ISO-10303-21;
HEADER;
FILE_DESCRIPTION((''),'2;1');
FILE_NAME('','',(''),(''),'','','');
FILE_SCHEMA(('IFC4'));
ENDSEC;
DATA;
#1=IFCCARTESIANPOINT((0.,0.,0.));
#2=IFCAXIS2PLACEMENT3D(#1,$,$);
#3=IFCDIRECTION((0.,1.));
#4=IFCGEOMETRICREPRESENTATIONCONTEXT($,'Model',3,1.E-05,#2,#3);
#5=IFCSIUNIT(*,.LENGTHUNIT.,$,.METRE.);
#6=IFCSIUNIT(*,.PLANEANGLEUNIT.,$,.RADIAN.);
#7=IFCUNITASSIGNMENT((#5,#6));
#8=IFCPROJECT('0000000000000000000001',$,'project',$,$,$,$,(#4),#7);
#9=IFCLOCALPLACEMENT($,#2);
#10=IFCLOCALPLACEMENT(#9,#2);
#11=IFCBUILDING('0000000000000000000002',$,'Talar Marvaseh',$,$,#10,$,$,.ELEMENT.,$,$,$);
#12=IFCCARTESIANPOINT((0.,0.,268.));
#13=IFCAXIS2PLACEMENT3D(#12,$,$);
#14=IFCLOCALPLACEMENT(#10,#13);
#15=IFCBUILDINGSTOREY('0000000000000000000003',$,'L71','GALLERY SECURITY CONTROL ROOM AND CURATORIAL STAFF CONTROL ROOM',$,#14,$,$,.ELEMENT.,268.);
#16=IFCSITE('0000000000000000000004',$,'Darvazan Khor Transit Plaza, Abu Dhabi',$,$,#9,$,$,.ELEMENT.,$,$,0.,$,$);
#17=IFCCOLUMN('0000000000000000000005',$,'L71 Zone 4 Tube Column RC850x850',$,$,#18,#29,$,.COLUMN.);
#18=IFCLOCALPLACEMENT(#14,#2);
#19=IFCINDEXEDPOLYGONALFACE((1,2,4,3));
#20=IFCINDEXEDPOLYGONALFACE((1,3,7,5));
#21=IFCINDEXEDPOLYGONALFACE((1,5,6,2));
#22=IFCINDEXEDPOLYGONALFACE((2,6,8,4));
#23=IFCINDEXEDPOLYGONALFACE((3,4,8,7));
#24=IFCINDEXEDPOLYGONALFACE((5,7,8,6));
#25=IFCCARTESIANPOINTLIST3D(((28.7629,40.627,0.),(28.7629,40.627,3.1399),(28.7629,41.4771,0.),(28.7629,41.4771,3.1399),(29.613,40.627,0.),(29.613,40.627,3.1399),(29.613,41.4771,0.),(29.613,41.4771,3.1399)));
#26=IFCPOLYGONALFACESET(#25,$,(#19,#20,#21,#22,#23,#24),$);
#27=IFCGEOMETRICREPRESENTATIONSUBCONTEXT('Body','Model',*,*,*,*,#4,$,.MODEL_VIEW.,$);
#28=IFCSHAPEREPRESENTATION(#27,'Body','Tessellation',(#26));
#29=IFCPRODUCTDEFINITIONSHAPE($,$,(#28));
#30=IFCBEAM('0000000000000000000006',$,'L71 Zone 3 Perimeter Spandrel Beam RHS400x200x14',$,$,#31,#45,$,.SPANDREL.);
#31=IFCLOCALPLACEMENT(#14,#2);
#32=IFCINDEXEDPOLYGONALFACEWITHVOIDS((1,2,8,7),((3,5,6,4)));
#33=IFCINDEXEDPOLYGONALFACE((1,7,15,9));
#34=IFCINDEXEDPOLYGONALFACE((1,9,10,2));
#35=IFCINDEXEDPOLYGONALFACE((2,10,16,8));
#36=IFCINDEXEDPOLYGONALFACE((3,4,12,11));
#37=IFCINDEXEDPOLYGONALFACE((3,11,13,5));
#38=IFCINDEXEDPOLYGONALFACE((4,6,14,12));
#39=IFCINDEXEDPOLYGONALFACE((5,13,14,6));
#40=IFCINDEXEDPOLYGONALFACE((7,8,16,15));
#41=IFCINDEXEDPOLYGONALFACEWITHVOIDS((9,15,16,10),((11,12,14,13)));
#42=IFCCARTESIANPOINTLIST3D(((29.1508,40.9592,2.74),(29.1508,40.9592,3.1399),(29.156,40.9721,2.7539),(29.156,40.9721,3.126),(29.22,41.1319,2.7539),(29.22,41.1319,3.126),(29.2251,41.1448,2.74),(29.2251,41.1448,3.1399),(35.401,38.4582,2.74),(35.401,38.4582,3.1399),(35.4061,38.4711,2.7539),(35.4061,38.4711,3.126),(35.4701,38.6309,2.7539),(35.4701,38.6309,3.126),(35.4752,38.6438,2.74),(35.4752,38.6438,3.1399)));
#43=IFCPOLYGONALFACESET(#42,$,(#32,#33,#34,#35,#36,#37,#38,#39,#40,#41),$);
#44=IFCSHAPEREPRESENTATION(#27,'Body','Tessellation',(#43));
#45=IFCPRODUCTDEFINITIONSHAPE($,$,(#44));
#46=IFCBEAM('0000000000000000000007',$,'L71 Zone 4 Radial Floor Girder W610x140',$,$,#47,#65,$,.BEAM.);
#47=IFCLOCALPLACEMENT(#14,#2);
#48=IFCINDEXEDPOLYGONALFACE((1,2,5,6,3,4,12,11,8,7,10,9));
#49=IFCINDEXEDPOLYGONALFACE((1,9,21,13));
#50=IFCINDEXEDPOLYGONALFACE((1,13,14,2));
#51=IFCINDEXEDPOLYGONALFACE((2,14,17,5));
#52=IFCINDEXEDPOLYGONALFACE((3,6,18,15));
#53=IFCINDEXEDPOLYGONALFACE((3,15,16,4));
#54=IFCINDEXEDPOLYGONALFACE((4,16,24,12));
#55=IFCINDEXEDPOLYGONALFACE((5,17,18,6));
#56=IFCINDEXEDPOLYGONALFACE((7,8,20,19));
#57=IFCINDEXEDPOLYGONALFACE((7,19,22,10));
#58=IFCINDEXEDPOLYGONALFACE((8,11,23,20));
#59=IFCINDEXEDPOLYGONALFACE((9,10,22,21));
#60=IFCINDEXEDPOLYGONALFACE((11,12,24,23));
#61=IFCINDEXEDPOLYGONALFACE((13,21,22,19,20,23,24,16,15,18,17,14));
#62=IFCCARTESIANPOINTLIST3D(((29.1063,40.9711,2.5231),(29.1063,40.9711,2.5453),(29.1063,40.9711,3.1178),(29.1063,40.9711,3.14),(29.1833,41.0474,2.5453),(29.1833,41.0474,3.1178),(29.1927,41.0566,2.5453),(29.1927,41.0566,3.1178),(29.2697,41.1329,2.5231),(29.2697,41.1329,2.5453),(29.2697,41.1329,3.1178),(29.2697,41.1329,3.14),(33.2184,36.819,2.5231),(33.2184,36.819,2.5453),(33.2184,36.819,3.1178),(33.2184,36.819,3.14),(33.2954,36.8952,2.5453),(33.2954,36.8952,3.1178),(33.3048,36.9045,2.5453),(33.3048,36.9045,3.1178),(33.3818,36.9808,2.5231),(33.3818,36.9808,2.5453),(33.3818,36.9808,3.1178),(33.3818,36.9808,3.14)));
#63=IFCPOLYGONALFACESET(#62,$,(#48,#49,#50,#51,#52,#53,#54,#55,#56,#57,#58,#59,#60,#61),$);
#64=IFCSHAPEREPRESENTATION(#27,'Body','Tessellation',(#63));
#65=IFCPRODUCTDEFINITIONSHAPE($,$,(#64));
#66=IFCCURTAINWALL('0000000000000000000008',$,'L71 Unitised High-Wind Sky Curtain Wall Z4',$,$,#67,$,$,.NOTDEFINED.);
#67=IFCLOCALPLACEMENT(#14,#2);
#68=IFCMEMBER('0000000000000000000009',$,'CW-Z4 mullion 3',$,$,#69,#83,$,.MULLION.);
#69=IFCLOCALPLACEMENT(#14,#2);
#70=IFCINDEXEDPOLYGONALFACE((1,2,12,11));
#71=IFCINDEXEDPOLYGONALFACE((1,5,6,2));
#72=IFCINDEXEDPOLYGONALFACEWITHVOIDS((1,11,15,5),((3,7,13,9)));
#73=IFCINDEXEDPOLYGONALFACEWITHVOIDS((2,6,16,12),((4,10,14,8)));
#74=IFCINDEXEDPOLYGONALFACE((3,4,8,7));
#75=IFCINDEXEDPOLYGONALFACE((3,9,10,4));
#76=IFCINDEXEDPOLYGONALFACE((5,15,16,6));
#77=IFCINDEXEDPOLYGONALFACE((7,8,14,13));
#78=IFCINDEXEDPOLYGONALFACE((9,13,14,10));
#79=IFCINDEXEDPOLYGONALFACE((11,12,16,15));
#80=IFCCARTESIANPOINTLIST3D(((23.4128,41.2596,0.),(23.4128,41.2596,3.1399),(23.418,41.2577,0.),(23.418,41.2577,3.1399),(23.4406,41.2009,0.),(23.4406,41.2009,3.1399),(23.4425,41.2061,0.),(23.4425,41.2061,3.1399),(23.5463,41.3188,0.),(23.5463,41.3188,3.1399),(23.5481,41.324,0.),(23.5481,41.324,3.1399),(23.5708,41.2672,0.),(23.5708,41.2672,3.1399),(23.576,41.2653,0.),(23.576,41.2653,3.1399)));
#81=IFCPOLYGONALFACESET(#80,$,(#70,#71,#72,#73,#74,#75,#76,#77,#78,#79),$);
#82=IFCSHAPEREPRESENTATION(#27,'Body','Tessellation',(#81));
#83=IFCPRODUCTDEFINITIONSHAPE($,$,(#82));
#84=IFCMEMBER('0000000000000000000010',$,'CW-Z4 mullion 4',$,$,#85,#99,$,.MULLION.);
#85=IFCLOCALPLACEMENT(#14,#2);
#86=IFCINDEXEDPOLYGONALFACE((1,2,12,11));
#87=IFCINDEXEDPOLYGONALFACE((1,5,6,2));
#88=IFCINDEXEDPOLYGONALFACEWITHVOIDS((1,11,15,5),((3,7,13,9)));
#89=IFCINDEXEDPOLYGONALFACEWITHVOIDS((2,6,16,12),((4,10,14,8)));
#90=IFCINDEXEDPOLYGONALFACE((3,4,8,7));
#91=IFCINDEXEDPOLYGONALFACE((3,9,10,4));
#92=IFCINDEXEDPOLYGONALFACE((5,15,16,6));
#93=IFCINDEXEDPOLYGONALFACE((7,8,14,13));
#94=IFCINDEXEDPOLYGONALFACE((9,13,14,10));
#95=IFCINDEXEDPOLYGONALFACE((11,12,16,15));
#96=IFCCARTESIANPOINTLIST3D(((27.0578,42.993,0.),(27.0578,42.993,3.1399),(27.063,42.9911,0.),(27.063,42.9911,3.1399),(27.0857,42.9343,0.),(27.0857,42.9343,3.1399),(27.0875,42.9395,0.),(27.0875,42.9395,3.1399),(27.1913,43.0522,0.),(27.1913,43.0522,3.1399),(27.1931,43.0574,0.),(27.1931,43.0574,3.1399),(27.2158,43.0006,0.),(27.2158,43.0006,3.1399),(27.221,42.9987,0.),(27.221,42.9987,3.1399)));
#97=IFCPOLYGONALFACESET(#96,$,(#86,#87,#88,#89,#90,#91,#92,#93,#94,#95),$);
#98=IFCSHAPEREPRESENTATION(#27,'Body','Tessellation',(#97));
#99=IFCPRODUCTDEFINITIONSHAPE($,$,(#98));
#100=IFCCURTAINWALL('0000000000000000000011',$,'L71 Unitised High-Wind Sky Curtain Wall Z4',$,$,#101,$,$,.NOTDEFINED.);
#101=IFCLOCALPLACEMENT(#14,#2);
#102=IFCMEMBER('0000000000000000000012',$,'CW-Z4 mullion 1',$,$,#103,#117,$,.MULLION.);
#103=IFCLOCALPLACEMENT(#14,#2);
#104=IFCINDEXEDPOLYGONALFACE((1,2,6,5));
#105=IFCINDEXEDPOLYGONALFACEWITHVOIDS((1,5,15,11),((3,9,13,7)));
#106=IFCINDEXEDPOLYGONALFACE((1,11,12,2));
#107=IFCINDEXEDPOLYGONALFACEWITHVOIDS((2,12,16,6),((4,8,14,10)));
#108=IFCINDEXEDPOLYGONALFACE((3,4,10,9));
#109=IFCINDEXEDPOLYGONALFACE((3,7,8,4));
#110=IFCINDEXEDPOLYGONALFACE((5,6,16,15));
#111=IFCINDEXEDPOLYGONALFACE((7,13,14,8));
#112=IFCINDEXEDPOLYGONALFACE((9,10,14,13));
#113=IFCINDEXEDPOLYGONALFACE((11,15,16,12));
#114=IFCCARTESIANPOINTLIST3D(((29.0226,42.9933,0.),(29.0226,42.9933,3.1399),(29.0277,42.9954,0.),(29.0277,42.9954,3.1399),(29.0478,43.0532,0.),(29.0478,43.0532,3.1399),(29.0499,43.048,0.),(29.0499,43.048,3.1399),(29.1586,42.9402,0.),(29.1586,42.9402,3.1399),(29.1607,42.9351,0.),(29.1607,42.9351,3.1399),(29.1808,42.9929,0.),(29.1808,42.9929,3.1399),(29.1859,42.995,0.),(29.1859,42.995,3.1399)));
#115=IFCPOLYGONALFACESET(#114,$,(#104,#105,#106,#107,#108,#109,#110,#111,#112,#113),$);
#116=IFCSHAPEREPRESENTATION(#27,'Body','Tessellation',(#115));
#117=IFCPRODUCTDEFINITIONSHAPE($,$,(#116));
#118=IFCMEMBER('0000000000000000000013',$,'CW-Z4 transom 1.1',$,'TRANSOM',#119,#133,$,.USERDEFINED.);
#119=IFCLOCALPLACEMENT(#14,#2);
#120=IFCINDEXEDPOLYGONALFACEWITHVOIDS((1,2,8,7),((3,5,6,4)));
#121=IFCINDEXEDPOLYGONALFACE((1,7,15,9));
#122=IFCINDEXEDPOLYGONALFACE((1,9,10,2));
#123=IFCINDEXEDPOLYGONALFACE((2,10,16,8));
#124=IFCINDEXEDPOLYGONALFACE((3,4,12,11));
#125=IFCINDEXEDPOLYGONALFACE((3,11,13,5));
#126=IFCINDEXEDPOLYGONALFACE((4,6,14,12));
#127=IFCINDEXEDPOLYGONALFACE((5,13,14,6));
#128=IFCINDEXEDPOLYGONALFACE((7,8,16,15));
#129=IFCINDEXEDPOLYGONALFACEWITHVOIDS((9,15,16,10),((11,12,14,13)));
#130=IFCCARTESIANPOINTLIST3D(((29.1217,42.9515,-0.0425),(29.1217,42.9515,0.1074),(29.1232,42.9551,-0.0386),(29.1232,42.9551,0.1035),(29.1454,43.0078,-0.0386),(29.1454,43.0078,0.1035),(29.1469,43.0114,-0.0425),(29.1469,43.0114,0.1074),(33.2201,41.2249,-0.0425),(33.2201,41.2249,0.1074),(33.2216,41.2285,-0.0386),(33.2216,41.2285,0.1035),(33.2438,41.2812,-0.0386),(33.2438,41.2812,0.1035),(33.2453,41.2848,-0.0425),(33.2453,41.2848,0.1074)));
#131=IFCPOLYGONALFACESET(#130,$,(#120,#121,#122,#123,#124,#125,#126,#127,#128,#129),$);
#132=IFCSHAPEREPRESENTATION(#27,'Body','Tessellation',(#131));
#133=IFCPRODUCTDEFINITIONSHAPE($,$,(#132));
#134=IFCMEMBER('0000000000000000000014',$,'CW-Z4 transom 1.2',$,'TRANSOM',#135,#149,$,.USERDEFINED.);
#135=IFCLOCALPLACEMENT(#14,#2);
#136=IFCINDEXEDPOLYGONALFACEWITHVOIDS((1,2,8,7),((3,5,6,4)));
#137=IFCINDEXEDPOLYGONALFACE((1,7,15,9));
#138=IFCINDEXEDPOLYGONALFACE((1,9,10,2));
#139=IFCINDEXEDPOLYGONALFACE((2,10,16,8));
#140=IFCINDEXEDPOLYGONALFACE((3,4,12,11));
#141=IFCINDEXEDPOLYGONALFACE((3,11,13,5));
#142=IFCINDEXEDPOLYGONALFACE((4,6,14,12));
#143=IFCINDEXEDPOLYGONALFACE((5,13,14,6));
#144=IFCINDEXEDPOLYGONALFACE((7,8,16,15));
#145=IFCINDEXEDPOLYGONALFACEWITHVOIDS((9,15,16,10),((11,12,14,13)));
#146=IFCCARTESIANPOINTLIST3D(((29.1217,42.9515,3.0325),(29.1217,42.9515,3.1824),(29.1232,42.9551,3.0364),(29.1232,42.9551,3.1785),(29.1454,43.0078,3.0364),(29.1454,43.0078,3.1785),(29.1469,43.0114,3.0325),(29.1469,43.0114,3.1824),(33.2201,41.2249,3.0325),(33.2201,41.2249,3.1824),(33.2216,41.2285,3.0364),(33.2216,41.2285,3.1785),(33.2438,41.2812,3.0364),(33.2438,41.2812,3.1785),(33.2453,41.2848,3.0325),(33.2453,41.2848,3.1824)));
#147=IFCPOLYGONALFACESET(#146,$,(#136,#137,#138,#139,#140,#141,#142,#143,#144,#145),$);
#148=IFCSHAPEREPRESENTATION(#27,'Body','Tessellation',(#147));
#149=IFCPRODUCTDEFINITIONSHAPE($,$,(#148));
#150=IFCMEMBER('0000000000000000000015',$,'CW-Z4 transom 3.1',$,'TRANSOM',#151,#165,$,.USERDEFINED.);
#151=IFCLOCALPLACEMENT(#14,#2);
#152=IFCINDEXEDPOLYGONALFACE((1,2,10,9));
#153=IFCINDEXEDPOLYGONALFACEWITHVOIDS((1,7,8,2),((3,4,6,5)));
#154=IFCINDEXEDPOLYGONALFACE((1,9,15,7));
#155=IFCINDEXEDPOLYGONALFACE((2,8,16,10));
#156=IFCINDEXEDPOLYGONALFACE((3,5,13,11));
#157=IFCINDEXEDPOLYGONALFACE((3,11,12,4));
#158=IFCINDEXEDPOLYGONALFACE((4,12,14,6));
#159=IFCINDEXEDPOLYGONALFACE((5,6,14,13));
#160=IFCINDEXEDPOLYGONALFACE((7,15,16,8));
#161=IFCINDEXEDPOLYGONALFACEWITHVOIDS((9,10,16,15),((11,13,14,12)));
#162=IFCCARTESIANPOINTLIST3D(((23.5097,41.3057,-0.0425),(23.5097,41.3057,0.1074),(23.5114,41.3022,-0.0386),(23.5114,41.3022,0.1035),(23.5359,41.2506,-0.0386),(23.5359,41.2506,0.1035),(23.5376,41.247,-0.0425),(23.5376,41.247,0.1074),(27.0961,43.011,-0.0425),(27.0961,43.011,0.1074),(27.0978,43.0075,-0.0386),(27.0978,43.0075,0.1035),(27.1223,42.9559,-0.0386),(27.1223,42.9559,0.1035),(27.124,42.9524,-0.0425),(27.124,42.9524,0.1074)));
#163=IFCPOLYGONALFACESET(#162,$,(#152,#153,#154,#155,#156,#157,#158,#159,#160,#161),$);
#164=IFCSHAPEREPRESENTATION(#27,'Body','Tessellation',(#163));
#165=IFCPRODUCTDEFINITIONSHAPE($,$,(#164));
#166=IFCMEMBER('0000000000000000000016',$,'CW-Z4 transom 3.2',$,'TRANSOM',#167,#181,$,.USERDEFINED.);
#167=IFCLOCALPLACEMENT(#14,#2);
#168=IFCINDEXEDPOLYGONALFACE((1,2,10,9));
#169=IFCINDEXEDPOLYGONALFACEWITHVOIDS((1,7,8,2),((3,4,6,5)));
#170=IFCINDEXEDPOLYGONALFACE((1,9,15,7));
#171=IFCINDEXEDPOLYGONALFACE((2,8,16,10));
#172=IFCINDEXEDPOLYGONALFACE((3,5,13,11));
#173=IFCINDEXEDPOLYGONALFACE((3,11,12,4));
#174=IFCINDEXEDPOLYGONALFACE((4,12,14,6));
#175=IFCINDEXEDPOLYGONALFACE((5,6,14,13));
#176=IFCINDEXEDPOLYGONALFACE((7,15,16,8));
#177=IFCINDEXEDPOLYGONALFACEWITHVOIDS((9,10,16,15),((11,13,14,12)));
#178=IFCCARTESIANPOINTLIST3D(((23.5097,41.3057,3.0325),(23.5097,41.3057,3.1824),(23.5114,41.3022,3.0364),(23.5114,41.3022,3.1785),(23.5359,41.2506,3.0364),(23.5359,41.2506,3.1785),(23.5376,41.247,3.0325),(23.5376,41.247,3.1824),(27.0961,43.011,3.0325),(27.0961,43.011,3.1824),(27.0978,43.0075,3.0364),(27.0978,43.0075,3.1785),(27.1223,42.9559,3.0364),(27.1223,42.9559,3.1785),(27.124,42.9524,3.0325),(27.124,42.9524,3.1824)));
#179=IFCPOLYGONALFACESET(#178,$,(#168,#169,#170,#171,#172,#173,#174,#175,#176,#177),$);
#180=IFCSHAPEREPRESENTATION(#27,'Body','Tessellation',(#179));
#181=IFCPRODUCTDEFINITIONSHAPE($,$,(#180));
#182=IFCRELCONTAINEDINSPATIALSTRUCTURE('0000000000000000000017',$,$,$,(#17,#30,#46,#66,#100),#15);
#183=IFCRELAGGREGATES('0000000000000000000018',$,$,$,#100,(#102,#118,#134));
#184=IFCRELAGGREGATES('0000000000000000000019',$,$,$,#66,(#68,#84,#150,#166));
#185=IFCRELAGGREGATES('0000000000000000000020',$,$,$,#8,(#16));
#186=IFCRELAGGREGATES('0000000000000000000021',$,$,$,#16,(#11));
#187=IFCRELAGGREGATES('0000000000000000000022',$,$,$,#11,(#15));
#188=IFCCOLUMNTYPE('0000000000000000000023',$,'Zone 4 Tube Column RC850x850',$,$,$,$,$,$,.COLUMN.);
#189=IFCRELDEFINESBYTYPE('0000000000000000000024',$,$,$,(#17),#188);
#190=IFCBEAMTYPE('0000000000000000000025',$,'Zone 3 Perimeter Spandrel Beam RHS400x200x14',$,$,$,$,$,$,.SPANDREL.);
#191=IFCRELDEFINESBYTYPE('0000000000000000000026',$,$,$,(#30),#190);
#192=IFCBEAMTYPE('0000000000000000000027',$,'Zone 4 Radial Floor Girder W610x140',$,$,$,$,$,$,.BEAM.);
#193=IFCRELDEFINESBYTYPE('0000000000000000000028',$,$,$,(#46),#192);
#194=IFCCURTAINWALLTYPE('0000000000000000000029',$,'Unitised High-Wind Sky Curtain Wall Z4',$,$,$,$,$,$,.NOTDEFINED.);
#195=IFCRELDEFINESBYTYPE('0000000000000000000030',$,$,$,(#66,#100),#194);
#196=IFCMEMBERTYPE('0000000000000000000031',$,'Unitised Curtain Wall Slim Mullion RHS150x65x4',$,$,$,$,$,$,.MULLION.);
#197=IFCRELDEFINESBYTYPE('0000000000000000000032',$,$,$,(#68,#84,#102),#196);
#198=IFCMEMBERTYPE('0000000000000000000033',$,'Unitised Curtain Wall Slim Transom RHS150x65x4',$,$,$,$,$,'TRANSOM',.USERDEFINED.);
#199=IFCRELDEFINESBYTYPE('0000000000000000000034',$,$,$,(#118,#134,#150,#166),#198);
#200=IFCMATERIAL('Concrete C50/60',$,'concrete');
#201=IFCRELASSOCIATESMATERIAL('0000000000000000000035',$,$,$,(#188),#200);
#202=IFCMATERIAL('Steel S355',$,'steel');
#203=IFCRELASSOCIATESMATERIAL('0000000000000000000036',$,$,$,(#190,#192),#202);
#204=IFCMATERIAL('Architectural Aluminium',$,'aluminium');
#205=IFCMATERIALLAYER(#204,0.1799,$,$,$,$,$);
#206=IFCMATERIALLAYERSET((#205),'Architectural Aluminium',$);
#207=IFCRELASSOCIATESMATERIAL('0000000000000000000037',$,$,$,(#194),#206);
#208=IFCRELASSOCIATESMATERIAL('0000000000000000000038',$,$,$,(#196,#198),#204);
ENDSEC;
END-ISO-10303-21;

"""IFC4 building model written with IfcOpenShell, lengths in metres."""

from ifc_helpers import new_model, si_unit, direction, frame, origin, origin_2d, place, context, subcontext, project, spatial, rectangle, hollow_rectangle, i_section, extrude, source, transform, mapped, material, layer, layer_set, material_profile, profile_set, type_object, type_shapes, element, aggregate, save


model = new_model("IFC4")

# Units and contexts
model_context = context("Model", 3, precision=1e-05, world=origin(), true_north=direction((0.0, 1.0)))
body_context = subcontext(model_context, "Body", "Model", "MODEL_VIEW")
ifc_project = project(units=[si_unit("LENGTHUNIT", "METRE"), si_unit("PLANEANGLEUNIT", "RADIAN")], contexts=[model_context])

# Site, building, storey
site_placement = place(None, origin())
site = spatial("IfcSite", under=ifc_project, at=site_placement, Name="Darvazan Khor Transit Plaza, Abu Dhabi", CompositionType="ELEMENT", RefElevation=0.0)
building_placement = place(site_placement, origin())
building = spatial("IfcBuilding", under=site, at=building_placement, Name="Talar Marvaseh", CompositionType="ELEMENT")
storey_placement = place(building_placement, frame((0.0, 0.0, 268.0)))
storey = spatial("IfcBuildingStorey", under=building, at=storey_placement, Name="L71", Description="GALLERY SECURITY CONTROL ROOM AND CURATORIAL STAFF CONTROL ROOM", CompositionType="ELEMENT", Elevation=268.0)

# Column
ifc_material_1 = material(Name="Concrete C50/60", Category="concrete")
ifc_material_profile_1 = material_profile(ifc_material_1, rectangle(XDim=0.8501, YDim=0.8501, at=origin_2d()), Name="RC850x850")
ifc_profile_set_1 = profile_set([ifc_material_profile_1], Name="Concrete C50/60")
column_type = type_object("IfcColumnType", Name="Zone 4 Tube Column RC850x850", PredefinedType="COLUMN", material=ifc_profile_set_1)
column_placement = place(storey_placement, frame((29.188, 41.052, 0.0), z_axis=(0.0, 0.0, 1.0), x_axis=(1.0, 0.0, 0.0)))
element("IfcColumn", 1, at=column_placement, inside=storey, type_object=column_type, Name="L71 Zone 4 Tube Column RC850x850", PredefinedType="COLUMN", context=body_context, shape_type="SweptSolid", body=[
    extrude(rectangle(XDim=0.8501, YDim=0.8501, at=origin_2d()), origin(), (0.0, 0.0, 1.0), 3.1399),
])

# Beams
ifc_material_2 = material(Name="Steel S355", Category="steel")
ifc_material_profile_2 = material_profile(ifc_material_2, hollow_rectangle(XDim=0.2, YDim=0.3999, WallThickness=0.0139, at=origin_2d()), Name="RHS400x200x14")
ifc_profile_set_2 = profile_set([ifc_material_profile_2], Name="Steel S355")
beam_type_1 = type_object("IfcBeamType", Name="Zone 3 Perimeter Spandrel Beam RHS400x200x14", PredefinedType="SPANDREL", material=ifc_profile_set_2)
beam_1_placement = place(storey_placement, frame((29.188, 41.052, 2.9399), z_axis=(0.928427, -0.371516, 0.0), x_axis=(0.371516, 0.928427, 0.0)))
element("IfcBeam", 2, at=beam_1_placement, inside=storey, type_object=beam_type_1, Name="L71 Zone 3 Perimeter Spandrel Beam RHS400x200x14", PredefinedType="SPANDREL", context=body_context, shape_type="SweptSolid", body=[
    extrude(hollow_rectangle(XDim=0.2, YDim=0.3999, WallThickness=0.0139, at=origin_2d()), origin(), (0.0, 0.0, 1.0), 6.7319),
])
ifc_material_profile_3 = material_profile(ifc_material_2, i_section(OverallWidth=0.23, OverallDepth=0.6169, WebThickness=0.0132, FlangeThickness=0.0222, at=origin_2d()), Name="W610x140")
ifc_profile_set_3 = profile_set([ifc_material_profile_3], Name="Steel S355")
beam_type_2 = type_object("IfcBeamType", Name="Zone 4 Radial Floor Girder W610x140", PredefinedType="BEAM", material=ifc_profile_set_3)
beam_2_placement = place(storey_placement, frame((29.188, 41.052, 2.8315), z_axis=(0.703673, -0.710524, 0.0), x_axis=(0.710524, 0.703673, 0.0)))
element("IfcBeam", 3, at=beam_2_placement, inside=storey, type_object=beam_type_2, Name="L71 Zone 4 Radial Floor Girder W610x140", PredefinedType="BEAM", context=body_context, shape_type="SweptSolid", body=[
    extrude(i_section(OverallWidth=0.23, OverallDepth=0.6169, WebThickness=0.0132, FlangeThickness=0.0222, at=origin_2d()), origin(), (0.0, 0.0, 1.0), 5.8438),
])

# Curtain walls, members
ifc_material_3 = material(Name="Architectural Aluminium", Category="aluminium")
ifc_layer_1 = layer(ifc_material_3, 0.1799)
ifc_layer_set_1 = layer_set([ifc_layer_1], Name="Architectural Aluminium")
curtain_wall_type = type_object("IfcCurtainWallType", Name="Unitised High-Wind Sky Curtain Wall Z4", PredefinedType="NOTDEFINED", material=ifc_layer_set_1)
curtain_wall_1_placement = place(storey_placement, origin())
curtain_wall_1 = element("IfcCurtainWall", 4, at=curtain_wall_1_placement, inside=storey, type_object=curtain_wall_type, Name="L71 Unitised High-Wind Sky Curtain Wall Z4", PredefinedType="NOTDEFINED")
ifc_material_profile_4 = material_profile(ifc_material_3, hollow_rectangle(XDim=0.0649, YDim=0.1499, WallThickness=0.0039, at=origin_2d()), Name="RHS150x65x4")
ifc_profile_set_4 = profile_set([ifc_material_profile_4], Name="Architectural Aluminium")
member_type_1 = type_object("IfcMemberType", Name="Unitised Curtain Wall Slim Mullion RHS150x65x4", PredefinedType="MULLION", material=ifc_profile_set_4)
shared_shape_1 = source(origin(), body_context, "Body", "SweptSolid", [
    extrude(hollow_rectangle(XDim=0.0649, YDim=0.1499, WallThickness=0.0039, at=origin_2d()), origin(), (0.0, 0.0, 1.0), 3.1399),
])
type_shapes(member_type_1, [shared_shape_1])
member_1_placement = place(storey_placement, frame((23.4944, 41.2625, 0.0), z_axis=(0.0, 0.0, 1.0), x_axis=(-0.42944, 0.903096, 0.0)))
member_1 = element("IfcMember", 5, at=member_1_placement, type_object=member_type_1, Name="CW-Z4 mullion 3", PredefinedType="MULLION", context=body_context, shape_type="MappedRepresentation", body=[
    mapped(shared_shape_1, transform((0.0, 0.0, 0.0), x_axis=(1.0, 0.0, 0.0), y_axis=(0.0, 1.0, 0.0), z_axis=(0.0, 0.0, 1.0), scale=1.0)),
])
member_2_placement = place(storey_placement, frame((27.1394, 42.9958, 0.0), z_axis=(0.0, 0.0, 1.0), x_axis=(-0.42944, 0.903096, 0.0)))
member_2 = element("IfcMember", 6, at=member_2_placement, type_object=member_type_1, Name="CW-Z4 mullion 4", PredefinedType="MULLION", context=body_context, shape_type="MappedRepresentation", body=[
    mapped(shared_shape_1, transform((0.0, 0.0, 0.0), x_axis=(1.0, 0.0, 0.0), y_axis=(0.0, 1.0, 0.0), z_axis=(0.0, 0.0, 1.0), scale=1.0)),
])
curtain_wall_2_placement = place(storey_placement, origin())
curtain_wall_2 = element("IfcCurtainWall", 7, at=curtain_wall_2_placement, inside=storey, type_object=curtain_wall_type, Name="L71 Unitised High-Wind Sky Curtain Wall Z4", PredefinedType="NOTDEFINED")
member_3_placement = place(storey_placement, frame((29.1042, 42.9941, 0.0), z_axis=(0.0, 0.0, 1.0), x_axis=(0.388258, 0.921551, 0.0)))
member_3 = element("IfcMember", 8, at=member_3_placement, type_object=member_type_1, Name="CW-Z4 mullion 1", PredefinedType="MULLION", context=body_context, shape_type="MappedRepresentation", body=[
    mapped(shared_shape_1, transform((0.0, 0.0, 0.0), x_axis=(1.0, 0.0, 0.0), y_axis=(0.0, 1.0, 0.0), z_axis=(0.0, 0.0, 1.0), scale=1.0)),
])
ifc_material_profile_5 = material_profile(ifc_material_3, hollow_rectangle(XDim=0.0649, YDim=0.1499, WallThickness=0.0039, at=origin_2d()), Name="RHS150x65x4")
ifc_profile_set_5 = profile_set([ifc_material_profile_5], Name="Architectural Aluminium")
member_type_2 = type_object("IfcMemberType", Name="Unitised Curtain Wall Slim Transom RHS150x65x4", ElementType="TRANSOM", PredefinedType="USERDEFINED", material=ifc_profile_set_5)
shared_shape_2 = source(origin(), body_context, "Body", "SweptSolid", [
    extrude(hollow_rectangle(XDim=0.0649, YDim=0.1499, WallThickness=0.0039, at=origin_2d()), origin(), (0.0, 0.0, 1.0), 4.4473),
])
member_4_placement = place(storey_placement, frame((29.1343, 42.9814, 0.0325), z_axis=(0.921561, -0.388234, 0.0), x_axis=(0.388234, 0.921561, 0.0)))
member_4 = element("IfcMember", 9, at=member_4_placement, type_object=member_type_2, Name="CW-Z4 transom 1.1", ObjectType="TRANSOM", PredefinedType="USERDEFINED", context=body_context, shape_type="MappedRepresentation", body=[
    mapped(shared_shape_2, transform((0.0, 0.0, 0.0), x_axis=(1.0, 0.0, 0.0), y_axis=(0.0, 1.0, 0.0), z_axis=(0.0, 0.0, 1.0), scale=1.0)),
])
member_5_placement = place(storey_placement, frame((29.1343, 42.9814, 3.1074), z_axis=(0.921561, -0.388234, 0.0), x_axis=(0.388234, 0.921561, 0.0)))
member_5 = element("IfcMember", 10, at=member_5_placement, type_object=member_type_2, Name="CW-Z4 transom 1.2", ObjectType="TRANSOM", PredefinedType="USERDEFINED", context=body_context, shape_type="MappedRepresentation", body=[
    mapped(shared_shape_2, transform((0.0, 0.0, 0.0), x_axis=(1.0, 0.0, 0.0), y_axis=(0.0, 1.0, 0.0), z_axis=(0.0, 0.0, 1.0), scale=1.0)),
])

# Members
shared_shape_3 = source(origin(), body_context, "Body", "SweptSolid", [
    extrude(hollow_rectangle(XDim=0.0649, YDim=0.1499, WallThickness=0.0039, at=origin_2d()), origin(), (0.0, 0.0, 1.0), 3.9712),
])
type_shapes(member_type_2, [shared_shape_2, shared_shape_3])
member_6_placement = place(storey_placement, frame((23.5237, 41.2764, 0.0325), z_axis=(0.903105, 0.42942, 0.0), x_axis=(-0.42942, 0.903105, 0.0)))
member_6 = element("IfcMember", 11, at=member_6_placement, type_object=member_type_2, Name="CW-Z4 transom 3.1", ObjectType="TRANSOM", PredefinedType="USERDEFINED", context=body_context, shape_type="MappedRepresentation", body=[
    mapped(shared_shape_3, transform((0.0, 0.0, 0.0), x_axis=(1.0, 0.0, 0.0), y_axis=(0.0, 1.0, 0.0), z_axis=(0.0, 0.0, 1.0), scale=1.0)),
])
member_7_placement = place(storey_placement, frame((23.5237, 41.2764, 3.1074), z_axis=(0.903105, 0.42942, 0.0), x_axis=(-0.42942, 0.903105, 0.0)))
member_7 = element("IfcMember", 12, at=member_7_placement, type_object=member_type_2, Name="CW-Z4 transom 3.2", ObjectType="TRANSOM", PredefinedType="USERDEFINED", context=body_context, shape_type="MappedRepresentation", body=[
    mapped(shared_shape_3, transform((0.0, 0.0, 0.0), x_axis=(1.0, 0.0, 0.0), y_axis=(0.0, 1.0, 0.0), z_axis=(0.0, 0.0, 1.0), scale=1.0)),
])

aggregate(curtain_wall_2, [member_3, member_4, member_5])
aggregate(curtain_wall_1, [member_1, member_2, member_6, member_7])

save(model, "model.ifc")
